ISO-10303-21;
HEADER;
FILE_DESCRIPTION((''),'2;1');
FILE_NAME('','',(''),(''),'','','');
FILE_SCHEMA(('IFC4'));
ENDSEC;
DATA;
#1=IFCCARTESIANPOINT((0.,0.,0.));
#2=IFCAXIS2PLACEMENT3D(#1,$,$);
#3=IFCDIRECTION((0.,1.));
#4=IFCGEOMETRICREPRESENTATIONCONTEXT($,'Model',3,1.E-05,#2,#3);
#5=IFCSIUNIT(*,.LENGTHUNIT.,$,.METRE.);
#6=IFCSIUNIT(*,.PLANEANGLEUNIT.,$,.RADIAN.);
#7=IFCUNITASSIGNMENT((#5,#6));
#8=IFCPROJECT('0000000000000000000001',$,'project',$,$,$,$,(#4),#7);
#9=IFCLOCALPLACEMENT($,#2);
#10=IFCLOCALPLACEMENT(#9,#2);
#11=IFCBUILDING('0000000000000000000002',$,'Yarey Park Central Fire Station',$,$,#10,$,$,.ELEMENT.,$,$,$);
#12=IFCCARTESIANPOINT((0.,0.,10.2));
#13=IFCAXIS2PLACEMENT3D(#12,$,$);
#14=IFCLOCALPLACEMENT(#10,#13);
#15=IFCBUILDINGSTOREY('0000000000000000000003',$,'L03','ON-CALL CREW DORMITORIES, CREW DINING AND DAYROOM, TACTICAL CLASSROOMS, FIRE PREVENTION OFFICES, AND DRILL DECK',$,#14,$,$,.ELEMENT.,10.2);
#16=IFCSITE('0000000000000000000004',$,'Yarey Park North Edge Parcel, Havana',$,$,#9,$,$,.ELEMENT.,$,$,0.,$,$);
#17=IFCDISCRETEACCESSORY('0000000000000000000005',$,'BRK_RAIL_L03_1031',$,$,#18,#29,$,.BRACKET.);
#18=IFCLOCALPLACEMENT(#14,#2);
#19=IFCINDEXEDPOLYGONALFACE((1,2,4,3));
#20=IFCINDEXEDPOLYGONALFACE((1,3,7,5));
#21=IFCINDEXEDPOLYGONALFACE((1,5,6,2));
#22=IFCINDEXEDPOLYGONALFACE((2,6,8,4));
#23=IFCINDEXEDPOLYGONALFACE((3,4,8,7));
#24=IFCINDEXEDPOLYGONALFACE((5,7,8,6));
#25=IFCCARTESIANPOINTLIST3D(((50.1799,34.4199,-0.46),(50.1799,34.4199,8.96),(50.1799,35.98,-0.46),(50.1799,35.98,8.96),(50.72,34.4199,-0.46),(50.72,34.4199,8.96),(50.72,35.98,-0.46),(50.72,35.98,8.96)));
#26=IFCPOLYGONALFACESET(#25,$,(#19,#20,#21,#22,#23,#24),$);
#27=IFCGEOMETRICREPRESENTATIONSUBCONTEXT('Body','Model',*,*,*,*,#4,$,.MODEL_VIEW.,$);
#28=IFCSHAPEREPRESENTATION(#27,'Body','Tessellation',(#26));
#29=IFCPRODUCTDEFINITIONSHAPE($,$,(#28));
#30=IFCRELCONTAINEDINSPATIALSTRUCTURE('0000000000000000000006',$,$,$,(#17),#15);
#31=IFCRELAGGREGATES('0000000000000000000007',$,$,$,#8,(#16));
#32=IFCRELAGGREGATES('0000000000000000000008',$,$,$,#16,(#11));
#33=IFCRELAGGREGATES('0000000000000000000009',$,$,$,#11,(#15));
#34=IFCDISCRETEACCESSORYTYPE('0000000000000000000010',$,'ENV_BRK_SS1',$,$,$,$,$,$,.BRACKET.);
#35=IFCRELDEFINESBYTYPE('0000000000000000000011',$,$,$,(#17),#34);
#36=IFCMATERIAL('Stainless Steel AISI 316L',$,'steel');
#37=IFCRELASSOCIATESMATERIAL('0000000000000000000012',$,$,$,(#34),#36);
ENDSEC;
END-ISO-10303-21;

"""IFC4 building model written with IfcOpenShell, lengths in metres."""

from ifc_helpers import new_model, si_unit, direction, frame, origin, origin_2d, place, context, subcontext, project, spatial, rectangle, extrude, material, type_object, element, save


model = new_model("IFC4")

# Units and contexts
model_context = context("Model", 3, precision=1e-05, world=origin(), true_north=direction((0.0, 1.0)))
body_context = subcontext(model_context, "Body", "Model", "MODEL_VIEW")
ifc_project = project(units=[si_unit("LENGTHUNIT", "METRE"), si_unit("PLANEANGLEUNIT", "RADIAN")], contexts=[model_context])

# Site, building, storey
site_placement = place(None, origin())
site = spatial("IfcSite", under=ifc_project, at=site_placement, Name="Yarey Park North Edge Parcel, Havana", CompositionType="ELEMENT", RefElevation=0.0)
building_placement = place(site_placement, origin())
building = spatial("IfcBuilding", under=site, at=building_placement, Name="Yarey Park Central Fire Station", CompositionType="ELEMENT")
storey_placement = place(building_placement, frame((0.0, 0.0, 10.2)))
storey = spatial("IfcBuildingStorey", under=building, at=storey_placement, Name="L03", Description="ON-CALL CREW DORMITORIES, CREW DINING AND DAYROOM, TACTICAL CLASSROOMS, FIRE PREVENTION OFFICES, AND DRILL DECK", CompositionType="ELEMENT", Elevation=10.2)

# Discrete accessory
ifc_material_1 = material(Name="Stainless Steel AISI 316L", Category="steel")
discrete_accessory_type = type_object("IfcDiscreteAccessoryType", Name="ENV_BRK_SS1", PredefinedType="BRACKET", material=ifc_material_1)
discrete_accessory_1_placement = place(storey_placement, frame((50.45, 35.2, -0.46), z_axis=(0.0, 0.0, 1.0), x_axis=(1.0, 0.0, 0.0)))
element("IfcDiscreteAccessory", 1, at=discrete_accessory_1_placement, inside=storey, type_object=discrete_accessory_type, Name="BRK_RAIL_L03_1031", PredefinedType="BRACKET", context=body_context, shape_type="SweptSolid", body=[
    extrude(rectangle(XDim=0.54, YDim=1.5601, at=origin_2d()), origin(), (0.0, 0.0, 1.0), 9.4199),
])

save(model, "model.ifc")
